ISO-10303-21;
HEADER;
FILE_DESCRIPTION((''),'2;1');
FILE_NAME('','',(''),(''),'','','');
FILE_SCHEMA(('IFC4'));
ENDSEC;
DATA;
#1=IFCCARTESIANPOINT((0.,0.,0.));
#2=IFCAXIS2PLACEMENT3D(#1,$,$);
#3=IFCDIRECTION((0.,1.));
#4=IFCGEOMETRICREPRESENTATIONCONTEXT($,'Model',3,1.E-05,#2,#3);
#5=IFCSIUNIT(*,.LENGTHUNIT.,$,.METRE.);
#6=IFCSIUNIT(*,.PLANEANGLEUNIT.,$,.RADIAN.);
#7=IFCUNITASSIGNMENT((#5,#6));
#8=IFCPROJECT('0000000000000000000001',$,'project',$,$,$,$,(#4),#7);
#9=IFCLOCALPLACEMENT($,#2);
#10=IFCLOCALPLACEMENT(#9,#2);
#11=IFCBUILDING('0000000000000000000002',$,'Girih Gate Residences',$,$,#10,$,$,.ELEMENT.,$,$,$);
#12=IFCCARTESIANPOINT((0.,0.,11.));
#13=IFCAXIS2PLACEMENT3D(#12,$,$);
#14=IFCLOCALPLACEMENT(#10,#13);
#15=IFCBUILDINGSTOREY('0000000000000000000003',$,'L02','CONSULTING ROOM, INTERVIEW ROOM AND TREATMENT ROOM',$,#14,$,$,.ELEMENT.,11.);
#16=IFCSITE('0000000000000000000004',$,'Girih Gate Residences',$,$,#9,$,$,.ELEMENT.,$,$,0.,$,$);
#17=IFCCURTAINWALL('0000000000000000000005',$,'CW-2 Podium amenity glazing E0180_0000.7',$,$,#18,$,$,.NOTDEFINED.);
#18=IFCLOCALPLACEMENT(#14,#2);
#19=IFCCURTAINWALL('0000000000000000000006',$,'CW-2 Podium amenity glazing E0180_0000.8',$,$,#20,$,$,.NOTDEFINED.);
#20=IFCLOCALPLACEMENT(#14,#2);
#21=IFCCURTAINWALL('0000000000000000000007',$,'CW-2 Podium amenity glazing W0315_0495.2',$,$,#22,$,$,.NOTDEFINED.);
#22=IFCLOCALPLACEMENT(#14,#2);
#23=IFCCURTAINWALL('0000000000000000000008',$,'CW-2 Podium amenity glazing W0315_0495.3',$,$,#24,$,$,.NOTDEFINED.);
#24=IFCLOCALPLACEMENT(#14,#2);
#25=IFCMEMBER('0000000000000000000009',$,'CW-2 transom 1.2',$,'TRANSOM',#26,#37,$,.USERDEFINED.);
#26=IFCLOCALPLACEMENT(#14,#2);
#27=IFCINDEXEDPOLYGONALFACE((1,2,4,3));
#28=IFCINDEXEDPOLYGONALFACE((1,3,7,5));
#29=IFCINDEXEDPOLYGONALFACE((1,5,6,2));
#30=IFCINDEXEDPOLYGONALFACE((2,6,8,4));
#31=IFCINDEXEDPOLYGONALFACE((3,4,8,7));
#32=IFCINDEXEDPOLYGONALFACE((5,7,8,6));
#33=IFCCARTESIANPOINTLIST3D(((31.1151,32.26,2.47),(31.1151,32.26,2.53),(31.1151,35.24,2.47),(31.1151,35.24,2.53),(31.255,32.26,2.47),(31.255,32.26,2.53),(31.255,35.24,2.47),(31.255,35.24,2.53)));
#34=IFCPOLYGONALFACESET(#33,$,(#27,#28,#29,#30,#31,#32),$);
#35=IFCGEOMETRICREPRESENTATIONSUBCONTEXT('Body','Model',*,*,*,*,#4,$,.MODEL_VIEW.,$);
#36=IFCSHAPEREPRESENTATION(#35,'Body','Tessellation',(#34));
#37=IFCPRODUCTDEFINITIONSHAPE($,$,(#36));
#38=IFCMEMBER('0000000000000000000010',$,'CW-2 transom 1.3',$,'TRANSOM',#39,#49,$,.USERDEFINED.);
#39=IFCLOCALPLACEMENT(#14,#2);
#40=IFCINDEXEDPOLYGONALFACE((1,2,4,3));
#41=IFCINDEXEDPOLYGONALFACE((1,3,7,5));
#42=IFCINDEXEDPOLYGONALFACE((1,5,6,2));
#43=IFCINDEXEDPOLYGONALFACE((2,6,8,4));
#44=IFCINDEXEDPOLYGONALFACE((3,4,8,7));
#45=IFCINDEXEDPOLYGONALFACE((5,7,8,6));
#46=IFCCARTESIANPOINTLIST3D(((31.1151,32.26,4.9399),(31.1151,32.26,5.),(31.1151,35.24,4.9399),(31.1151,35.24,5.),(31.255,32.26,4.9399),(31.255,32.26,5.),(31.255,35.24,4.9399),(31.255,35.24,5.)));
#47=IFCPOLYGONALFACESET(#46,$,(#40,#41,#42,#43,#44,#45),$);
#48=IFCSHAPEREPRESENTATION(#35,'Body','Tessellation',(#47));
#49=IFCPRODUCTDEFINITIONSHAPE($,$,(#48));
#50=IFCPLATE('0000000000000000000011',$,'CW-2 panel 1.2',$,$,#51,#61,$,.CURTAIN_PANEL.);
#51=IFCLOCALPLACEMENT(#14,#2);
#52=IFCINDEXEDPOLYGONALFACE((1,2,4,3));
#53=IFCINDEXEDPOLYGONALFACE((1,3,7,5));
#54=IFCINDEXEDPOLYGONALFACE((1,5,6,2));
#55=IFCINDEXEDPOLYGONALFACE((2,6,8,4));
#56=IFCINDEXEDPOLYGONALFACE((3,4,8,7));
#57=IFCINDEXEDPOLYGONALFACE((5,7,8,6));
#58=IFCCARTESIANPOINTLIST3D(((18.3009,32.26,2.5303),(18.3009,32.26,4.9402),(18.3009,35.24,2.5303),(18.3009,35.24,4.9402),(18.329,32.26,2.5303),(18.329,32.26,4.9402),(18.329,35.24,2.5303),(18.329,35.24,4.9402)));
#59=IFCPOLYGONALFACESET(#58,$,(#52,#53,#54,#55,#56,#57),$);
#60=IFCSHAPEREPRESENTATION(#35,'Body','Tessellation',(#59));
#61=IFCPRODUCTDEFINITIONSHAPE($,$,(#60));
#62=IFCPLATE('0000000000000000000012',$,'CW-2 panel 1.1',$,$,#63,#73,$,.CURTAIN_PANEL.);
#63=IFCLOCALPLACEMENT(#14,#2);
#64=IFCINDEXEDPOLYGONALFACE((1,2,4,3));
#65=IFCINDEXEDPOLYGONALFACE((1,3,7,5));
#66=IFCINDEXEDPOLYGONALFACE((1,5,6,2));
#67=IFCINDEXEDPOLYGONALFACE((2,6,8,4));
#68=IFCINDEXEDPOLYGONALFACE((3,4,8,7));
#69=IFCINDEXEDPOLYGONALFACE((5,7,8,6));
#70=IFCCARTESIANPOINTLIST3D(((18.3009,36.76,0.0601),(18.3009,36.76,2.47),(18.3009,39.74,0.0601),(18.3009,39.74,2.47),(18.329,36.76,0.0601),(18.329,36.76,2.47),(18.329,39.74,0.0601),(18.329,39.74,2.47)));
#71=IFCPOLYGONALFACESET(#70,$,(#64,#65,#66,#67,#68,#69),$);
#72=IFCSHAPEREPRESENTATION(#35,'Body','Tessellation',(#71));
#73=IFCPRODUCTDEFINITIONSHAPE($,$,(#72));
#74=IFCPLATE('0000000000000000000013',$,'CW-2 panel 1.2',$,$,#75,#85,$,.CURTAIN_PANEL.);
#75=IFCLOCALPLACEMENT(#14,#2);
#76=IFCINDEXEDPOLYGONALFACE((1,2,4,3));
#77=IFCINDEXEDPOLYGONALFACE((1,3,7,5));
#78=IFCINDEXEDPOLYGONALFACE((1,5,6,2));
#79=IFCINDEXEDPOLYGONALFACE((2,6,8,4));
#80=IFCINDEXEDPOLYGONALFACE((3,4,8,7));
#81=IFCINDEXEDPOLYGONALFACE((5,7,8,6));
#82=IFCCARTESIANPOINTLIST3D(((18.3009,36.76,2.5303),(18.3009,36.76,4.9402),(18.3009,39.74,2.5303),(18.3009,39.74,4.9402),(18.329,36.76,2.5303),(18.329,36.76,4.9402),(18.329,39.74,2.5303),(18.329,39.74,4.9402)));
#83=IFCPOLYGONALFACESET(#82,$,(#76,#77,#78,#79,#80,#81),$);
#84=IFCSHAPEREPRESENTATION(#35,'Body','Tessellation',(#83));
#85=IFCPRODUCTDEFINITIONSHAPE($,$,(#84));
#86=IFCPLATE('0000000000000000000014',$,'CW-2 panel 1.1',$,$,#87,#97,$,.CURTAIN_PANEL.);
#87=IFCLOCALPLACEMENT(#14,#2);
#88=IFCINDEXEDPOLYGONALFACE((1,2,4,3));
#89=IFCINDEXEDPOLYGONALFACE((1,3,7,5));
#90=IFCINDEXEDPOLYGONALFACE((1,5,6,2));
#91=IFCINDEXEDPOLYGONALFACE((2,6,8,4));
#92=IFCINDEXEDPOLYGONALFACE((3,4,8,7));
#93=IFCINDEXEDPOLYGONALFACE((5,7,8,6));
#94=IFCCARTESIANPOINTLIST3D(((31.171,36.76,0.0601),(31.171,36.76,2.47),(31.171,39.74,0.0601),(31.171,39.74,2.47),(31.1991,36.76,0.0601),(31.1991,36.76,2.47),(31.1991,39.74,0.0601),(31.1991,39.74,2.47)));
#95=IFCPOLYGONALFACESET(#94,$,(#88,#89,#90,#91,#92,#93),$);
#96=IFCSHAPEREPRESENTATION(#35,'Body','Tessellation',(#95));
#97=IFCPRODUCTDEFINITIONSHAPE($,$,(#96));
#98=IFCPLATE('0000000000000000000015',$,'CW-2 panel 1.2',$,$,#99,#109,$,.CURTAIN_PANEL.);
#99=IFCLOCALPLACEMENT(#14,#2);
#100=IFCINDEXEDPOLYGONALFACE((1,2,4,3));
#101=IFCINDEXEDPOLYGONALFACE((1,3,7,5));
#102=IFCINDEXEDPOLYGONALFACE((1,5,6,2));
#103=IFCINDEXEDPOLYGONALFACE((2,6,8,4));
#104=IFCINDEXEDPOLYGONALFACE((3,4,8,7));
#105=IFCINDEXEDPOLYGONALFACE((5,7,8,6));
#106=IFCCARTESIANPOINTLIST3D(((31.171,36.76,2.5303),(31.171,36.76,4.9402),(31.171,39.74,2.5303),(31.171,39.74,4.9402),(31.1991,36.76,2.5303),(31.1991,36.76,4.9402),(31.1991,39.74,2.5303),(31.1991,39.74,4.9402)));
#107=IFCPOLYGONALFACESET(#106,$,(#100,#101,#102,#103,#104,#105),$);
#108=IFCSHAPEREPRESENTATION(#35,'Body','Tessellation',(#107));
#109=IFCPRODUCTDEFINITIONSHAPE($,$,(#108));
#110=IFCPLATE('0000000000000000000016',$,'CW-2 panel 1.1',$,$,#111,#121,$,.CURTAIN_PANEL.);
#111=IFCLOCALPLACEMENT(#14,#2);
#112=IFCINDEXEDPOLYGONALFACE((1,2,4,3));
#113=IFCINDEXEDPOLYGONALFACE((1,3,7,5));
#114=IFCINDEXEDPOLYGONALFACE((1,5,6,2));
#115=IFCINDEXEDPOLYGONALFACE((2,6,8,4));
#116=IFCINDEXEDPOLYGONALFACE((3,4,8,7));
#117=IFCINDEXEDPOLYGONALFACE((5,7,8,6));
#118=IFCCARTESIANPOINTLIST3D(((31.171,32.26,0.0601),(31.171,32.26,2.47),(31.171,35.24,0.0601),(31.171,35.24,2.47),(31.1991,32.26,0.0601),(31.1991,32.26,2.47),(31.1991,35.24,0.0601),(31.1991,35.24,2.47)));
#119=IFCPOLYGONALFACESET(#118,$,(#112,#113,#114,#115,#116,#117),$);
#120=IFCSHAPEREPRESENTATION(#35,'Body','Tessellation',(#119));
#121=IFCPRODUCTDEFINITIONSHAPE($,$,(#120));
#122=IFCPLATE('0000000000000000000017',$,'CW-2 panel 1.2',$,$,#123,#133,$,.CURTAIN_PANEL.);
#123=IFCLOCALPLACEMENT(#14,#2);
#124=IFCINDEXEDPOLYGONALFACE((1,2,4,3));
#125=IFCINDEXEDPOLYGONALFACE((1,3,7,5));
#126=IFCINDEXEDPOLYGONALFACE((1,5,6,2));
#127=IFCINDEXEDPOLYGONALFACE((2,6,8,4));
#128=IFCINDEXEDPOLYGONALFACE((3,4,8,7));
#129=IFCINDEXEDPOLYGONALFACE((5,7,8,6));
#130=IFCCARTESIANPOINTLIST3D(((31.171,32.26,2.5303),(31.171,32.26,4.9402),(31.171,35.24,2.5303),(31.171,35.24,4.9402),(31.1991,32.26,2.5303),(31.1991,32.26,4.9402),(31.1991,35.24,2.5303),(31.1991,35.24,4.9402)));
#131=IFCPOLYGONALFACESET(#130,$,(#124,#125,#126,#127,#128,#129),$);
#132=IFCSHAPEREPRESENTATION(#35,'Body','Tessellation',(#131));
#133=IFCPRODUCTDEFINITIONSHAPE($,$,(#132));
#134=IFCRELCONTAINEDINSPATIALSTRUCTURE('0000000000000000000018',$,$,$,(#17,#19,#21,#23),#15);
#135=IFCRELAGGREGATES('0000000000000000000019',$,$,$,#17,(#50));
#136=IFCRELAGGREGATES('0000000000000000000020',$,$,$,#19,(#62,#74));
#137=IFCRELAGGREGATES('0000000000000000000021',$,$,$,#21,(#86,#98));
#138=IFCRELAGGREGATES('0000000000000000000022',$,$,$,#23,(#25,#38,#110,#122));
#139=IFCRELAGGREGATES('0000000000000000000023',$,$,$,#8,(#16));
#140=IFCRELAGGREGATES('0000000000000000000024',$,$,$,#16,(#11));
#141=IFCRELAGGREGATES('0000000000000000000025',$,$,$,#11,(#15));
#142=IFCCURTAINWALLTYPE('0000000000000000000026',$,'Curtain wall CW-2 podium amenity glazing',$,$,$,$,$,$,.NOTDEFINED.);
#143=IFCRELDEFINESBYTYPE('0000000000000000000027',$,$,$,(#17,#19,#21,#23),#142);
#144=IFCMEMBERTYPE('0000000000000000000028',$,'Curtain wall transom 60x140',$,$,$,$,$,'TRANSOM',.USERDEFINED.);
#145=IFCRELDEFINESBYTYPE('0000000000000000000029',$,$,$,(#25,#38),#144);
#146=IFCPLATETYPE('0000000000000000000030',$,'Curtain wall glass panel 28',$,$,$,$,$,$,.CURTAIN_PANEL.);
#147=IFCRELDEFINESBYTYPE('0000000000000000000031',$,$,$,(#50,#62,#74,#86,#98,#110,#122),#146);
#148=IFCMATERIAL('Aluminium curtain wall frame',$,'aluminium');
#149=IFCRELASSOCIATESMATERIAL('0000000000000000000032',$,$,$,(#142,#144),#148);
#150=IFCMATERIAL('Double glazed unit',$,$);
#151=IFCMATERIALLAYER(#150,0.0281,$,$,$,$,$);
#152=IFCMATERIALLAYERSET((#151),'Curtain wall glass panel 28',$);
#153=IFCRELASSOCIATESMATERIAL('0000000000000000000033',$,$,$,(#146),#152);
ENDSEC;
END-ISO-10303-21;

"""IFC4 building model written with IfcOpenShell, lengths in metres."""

from ifc_helpers import new_model, si_unit, direction, frame, origin, origin_2d, place, context, subcontext, project, spatial, rectangle, extrude, material, layer, layer_set, material_profile, profile_set, type_object, element, aggregate, save


model = new_model("IFC4")

# Units and contexts
model_context = context("Model", 3, precision=1e-05, world=origin(), true_north=direction((0.0, 1.0)))
body_context = subcontext(model_context, "Body", "Model", "MODEL_VIEW")
ifc_project = project(units=[si_unit("LENGTHUNIT", "METRE"), si_unit("PLANEANGLEUNIT", "RADIAN")], contexts=[model_context])

# Site, building, storey
site_placement = place(None, origin())
site = spatial("IfcSite", under=ifc_project, at=site_placement, Name="Girih Gate Residences", CompositionType="ELEMENT", RefElevation=0.0)
building_placement = place(site_placement, origin())
building = spatial("IfcBuilding", under=site, at=building_placement, Name="Girih Gate Residences", CompositionType="ELEMENT")
storey_placement = place(building_placement, frame((0.0, 0.0, 11.0)))
storey = spatial("IfcBuildingStorey", under=building, at=storey_placement, Name="L02", Description="CONSULTING ROOM, INTERVIEW ROOM AND TREATMENT ROOM", CompositionType="ELEMENT", Elevation=11.0)

# Curtain wall
ifc_material_1 = material(Name="Aluminium curtain wall frame", Category="aluminium")
curtain_wall_type = type_object("IfcCurtainWallType", Name="Curtain wall CW-2 podium amenity glazing", PredefinedType="NOTDEFINED", material=ifc_material_1)
curtain_wall_1_placement = place(storey_placement, origin())
curtain_wall_1 = element("IfcCurtainWall", 1, at=curtain_wall_1_placement, inside=storey, type_object=curtain_wall_type, Name="CW-2 Podium amenity glazing E0180_0000.7", PredefinedType="NOTDEFINED")

# Curtain walls
curtain_wall_2_placement = place(storey_placement, origin())
curtain_wall_2 = element("IfcCurtainWall", 2, at=curtain_wall_2_placement, inside=storey, type_object=curtain_wall_type, Name="CW-2 Podium amenity glazing E0180_0000.8", PredefinedType="NOTDEFINED")
curtain_wall_3_placement = place(storey_placement, origin())
curtain_wall_3 = element("IfcCurtainWall", 3, at=curtain_wall_3_placement, inside=storey, type_object=curtain_wall_type, Name="CW-2 Podium amenity glazing W0315_0495.2", PredefinedType="NOTDEFINED")

# Curtain wall
curtain_wall_4_placement = place(storey_placement, origin())
curtain_wall_4 = element("IfcCurtainWall", 4, at=curtain_wall_4_placement, inside=storey, type_object=curtain_wall_type, Name="CW-2 Podium amenity glazing W0315_0495.3", PredefinedType="NOTDEFINED")

# Members
ifc_material_profile_1 = material_profile(ifc_material_1, rectangle(XDim=0.1399, YDim=0.0601, at=origin_2d()))
ifc_profile_set_1 = profile_set([ifc_material_profile_1], Name="Aluminium curtain wall frame")
member_type_1 = type_object("IfcMemberType", Name="Curtain wall transom 60x140", ElementType="TRANSOM", PredefinedType="USERDEFINED", material=ifc_profile_set_1)
member_1_placement = place(storey_placement, frame((31.1851, 35.24, 2.5), z_axis=(0.0, -1.0, 0.0), x_axis=(1.0, 0.0, 0.0)))
member_1 = element("IfcMember", 5, at=member_1_placement, type_object=member_type_1, Name="CW-2 transom 1.2", ObjectType="TRANSOM", PredefinedType="USERDEFINED", context=body_context, shape_type="SweptSolid", body=[
    extrude(rectangle(XDim=0.1399, YDim=0.0601, at=origin_2d()), origin(), (0.0, 0.0, 1.0), 2.98),
])
member_2_placement = place(storey_placement, frame((31.1851, 35.24, 4.97), z_axis=(0.0, -1.0, 0.0), x_axis=(1.0, 0.0, 0.0)))
member_2 = element("IfcMember", 6, at=member_2_placement, type_object=member_type_1, Name="CW-2 transom 1.3", ObjectType="TRANSOM", PredefinedType="USERDEFINED", context=body_context, shape_type="SweptSolid", body=[
    extrude(rectangle(XDim=0.1399, YDim=0.0601, at=origin_2d()), origin(), (0.0, 0.0, 1.0), 2.98),
])

# Plates
ifc_material_2 = material(Name="Double glazed unit")
ifc_layer = layer(ifc_material_2, 0.0281)
ifc_layer_set = layer_set([ifc_layer], Name="Curtain wall glass panel 28")
plate_type = type_object("IfcPlateType", Name="Curtain wall glass panel 28", PredefinedType="CURTAIN_PANEL", material=ifc_layer_set)
plate_1_placement = place(storey_placement, frame((18.3149, 33.75, 2.5303), z_axis=(0.0, 0.0, 1.0), x_axis=(0.0, 1.0, 0.0)))
plate_1 = element("IfcPlate", 7, at=plate_1_placement, type_object=plate_type, Name="CW-2 panel 1.2", PredefinedType="CURTAIN_PANEL", context=body_context, shape_type="SweptSolid", body=[
    extrude(rectangle(XDim=2.98, YDim=0.0281, at=origin_2d()), origin(), (0.0, 0.0, 1.0), 2.4099),
])
aggregate(curtain_wall_1, [plate_1])
plate_2_placement = place(storey_placement, frame((18.3149, 38.25, 0.0601), z_axis=(0.0, 0.0, 1.0), x_axis=(0.0, 1.0, 0.0)))
plate_2 = element("IfcPlate", 8, at=plate_2_placement, type_object=plate_type, Name="CW-2 panel 1.1", PredefinedType="CURTAIN_PANEL", context=body_context, shape_type="SweptSolid", body=[
    extrude(rectangle(XDim=2.98, YDim=0.0281, at=origin_2d()), origin(), (0.0, 0.0, 1.0), 2.4099),
])
plate_3_placement = place(storey_placement, frame((18.3149, 38.25, 2.5303), z_axis=(0.0, 0.0, 1.0), x_axis=(0.0, 1.0, 0.0)))
plate_3 = element("IfcPlate", 9, at=plate_3_placement, type_object=plate_type, Name="CW-2 panel 1.2", PredefinedType="CURTAIN_PANEL", context=body_context, shape_type="SweptSolid", body=[
    extrude(rectangle(XDim=2.98, YDim=0.0281, at=origin_2d()), origin(), (0.0, 0.0, 1.0), 2.4099),
])
aggregate(curtain_wall_2, [plate_2, plate_3])
plate_4_placement = place(storey_placement, frame((31.1851, 38.25, 0.0601), z_axis=(0.0, 0.0, 1.0), x_axis=(0.0, -1.0, 0.0)))
plate_4 = element("IfcPlate", 10, at=plate_4_placement, type_object=plate_type, Name="CW-2 panel 1.1", PredefinedType="CURTAIN_PANEL", context=body_context, shape_type="SweptSolid", body=[
    extrude(rectangle(XDim=2.98, YDim=0.0281, at=origin_2d()), origin(), (0.0, 0.0, 1.0), 2.4099),
])
plate_5_placement = place(storey_placement, frame((31.1851, 38.25, 2.5303), z_axis=(0.0, 0.0, 1.0), x_axis=(0.0, -1.0, 0.0)))
plate_5 = element("IfcPlate", 11, at=plate_5_placement, type_object=plate_type, Name="CW-2 panel 1.2", PredefinedType="CURTAIN_PANEL", context=body_context, shape_type="SweptSolid", body=[
    extrude(rectangle(XDim=2.98, YDim=0.0281, at=origin_2d()), origin(), (0.0, 0.0, 1.0), 2.4099),
])
aggregate(curtain_wall_3, [plate_4, plate_5])
plate_6_placement = place(storey_placement, frame((31.1851, 33.75, 0.0601), z_axis=(0.0, 0.0, 1.0), x_axis=(0.0, -1.0, 0.0)))
plate_6 = element("IfcPlate", 12, at=plate_6_placement, type_object=plate_type, Name="CW-2 panel 1.1", PredefinedType="CURTAIN_PANEL", context=body_context, shape_type="SweptSolid", body=[
    extrude(rectangle(XDim=2.98, YDim=0.0281, at=origin_2d()), origin(), (0.0, 0.0, 1.0), 2.4099),
])
plate_7_placement = place(storey_placement, frame((31.1851, 33.75, 2.5303), z_axis=(0.0, 0.0, 1.0), x_axis=(0.0, -1.0, 0.0)))
plate_7 = element("IfcPlate", 13, at=plate_7_placement, type_object=plate_type, Name="CW-2 panel 1.2", PredefinedType="CURTAIN_PANEL", context=body_context, shape_type="SweptSolid", body=[
    extrude(rectangle(XDim=2.98, YDim=0.0281, at=origin_2d()), origin(), (0.0, 0.0, 1.0), 2.4099),
])
aggregate(curtain_wall_4, [member_1, member_2, plate_6, plate_7])

save(model, "model.ifc")
